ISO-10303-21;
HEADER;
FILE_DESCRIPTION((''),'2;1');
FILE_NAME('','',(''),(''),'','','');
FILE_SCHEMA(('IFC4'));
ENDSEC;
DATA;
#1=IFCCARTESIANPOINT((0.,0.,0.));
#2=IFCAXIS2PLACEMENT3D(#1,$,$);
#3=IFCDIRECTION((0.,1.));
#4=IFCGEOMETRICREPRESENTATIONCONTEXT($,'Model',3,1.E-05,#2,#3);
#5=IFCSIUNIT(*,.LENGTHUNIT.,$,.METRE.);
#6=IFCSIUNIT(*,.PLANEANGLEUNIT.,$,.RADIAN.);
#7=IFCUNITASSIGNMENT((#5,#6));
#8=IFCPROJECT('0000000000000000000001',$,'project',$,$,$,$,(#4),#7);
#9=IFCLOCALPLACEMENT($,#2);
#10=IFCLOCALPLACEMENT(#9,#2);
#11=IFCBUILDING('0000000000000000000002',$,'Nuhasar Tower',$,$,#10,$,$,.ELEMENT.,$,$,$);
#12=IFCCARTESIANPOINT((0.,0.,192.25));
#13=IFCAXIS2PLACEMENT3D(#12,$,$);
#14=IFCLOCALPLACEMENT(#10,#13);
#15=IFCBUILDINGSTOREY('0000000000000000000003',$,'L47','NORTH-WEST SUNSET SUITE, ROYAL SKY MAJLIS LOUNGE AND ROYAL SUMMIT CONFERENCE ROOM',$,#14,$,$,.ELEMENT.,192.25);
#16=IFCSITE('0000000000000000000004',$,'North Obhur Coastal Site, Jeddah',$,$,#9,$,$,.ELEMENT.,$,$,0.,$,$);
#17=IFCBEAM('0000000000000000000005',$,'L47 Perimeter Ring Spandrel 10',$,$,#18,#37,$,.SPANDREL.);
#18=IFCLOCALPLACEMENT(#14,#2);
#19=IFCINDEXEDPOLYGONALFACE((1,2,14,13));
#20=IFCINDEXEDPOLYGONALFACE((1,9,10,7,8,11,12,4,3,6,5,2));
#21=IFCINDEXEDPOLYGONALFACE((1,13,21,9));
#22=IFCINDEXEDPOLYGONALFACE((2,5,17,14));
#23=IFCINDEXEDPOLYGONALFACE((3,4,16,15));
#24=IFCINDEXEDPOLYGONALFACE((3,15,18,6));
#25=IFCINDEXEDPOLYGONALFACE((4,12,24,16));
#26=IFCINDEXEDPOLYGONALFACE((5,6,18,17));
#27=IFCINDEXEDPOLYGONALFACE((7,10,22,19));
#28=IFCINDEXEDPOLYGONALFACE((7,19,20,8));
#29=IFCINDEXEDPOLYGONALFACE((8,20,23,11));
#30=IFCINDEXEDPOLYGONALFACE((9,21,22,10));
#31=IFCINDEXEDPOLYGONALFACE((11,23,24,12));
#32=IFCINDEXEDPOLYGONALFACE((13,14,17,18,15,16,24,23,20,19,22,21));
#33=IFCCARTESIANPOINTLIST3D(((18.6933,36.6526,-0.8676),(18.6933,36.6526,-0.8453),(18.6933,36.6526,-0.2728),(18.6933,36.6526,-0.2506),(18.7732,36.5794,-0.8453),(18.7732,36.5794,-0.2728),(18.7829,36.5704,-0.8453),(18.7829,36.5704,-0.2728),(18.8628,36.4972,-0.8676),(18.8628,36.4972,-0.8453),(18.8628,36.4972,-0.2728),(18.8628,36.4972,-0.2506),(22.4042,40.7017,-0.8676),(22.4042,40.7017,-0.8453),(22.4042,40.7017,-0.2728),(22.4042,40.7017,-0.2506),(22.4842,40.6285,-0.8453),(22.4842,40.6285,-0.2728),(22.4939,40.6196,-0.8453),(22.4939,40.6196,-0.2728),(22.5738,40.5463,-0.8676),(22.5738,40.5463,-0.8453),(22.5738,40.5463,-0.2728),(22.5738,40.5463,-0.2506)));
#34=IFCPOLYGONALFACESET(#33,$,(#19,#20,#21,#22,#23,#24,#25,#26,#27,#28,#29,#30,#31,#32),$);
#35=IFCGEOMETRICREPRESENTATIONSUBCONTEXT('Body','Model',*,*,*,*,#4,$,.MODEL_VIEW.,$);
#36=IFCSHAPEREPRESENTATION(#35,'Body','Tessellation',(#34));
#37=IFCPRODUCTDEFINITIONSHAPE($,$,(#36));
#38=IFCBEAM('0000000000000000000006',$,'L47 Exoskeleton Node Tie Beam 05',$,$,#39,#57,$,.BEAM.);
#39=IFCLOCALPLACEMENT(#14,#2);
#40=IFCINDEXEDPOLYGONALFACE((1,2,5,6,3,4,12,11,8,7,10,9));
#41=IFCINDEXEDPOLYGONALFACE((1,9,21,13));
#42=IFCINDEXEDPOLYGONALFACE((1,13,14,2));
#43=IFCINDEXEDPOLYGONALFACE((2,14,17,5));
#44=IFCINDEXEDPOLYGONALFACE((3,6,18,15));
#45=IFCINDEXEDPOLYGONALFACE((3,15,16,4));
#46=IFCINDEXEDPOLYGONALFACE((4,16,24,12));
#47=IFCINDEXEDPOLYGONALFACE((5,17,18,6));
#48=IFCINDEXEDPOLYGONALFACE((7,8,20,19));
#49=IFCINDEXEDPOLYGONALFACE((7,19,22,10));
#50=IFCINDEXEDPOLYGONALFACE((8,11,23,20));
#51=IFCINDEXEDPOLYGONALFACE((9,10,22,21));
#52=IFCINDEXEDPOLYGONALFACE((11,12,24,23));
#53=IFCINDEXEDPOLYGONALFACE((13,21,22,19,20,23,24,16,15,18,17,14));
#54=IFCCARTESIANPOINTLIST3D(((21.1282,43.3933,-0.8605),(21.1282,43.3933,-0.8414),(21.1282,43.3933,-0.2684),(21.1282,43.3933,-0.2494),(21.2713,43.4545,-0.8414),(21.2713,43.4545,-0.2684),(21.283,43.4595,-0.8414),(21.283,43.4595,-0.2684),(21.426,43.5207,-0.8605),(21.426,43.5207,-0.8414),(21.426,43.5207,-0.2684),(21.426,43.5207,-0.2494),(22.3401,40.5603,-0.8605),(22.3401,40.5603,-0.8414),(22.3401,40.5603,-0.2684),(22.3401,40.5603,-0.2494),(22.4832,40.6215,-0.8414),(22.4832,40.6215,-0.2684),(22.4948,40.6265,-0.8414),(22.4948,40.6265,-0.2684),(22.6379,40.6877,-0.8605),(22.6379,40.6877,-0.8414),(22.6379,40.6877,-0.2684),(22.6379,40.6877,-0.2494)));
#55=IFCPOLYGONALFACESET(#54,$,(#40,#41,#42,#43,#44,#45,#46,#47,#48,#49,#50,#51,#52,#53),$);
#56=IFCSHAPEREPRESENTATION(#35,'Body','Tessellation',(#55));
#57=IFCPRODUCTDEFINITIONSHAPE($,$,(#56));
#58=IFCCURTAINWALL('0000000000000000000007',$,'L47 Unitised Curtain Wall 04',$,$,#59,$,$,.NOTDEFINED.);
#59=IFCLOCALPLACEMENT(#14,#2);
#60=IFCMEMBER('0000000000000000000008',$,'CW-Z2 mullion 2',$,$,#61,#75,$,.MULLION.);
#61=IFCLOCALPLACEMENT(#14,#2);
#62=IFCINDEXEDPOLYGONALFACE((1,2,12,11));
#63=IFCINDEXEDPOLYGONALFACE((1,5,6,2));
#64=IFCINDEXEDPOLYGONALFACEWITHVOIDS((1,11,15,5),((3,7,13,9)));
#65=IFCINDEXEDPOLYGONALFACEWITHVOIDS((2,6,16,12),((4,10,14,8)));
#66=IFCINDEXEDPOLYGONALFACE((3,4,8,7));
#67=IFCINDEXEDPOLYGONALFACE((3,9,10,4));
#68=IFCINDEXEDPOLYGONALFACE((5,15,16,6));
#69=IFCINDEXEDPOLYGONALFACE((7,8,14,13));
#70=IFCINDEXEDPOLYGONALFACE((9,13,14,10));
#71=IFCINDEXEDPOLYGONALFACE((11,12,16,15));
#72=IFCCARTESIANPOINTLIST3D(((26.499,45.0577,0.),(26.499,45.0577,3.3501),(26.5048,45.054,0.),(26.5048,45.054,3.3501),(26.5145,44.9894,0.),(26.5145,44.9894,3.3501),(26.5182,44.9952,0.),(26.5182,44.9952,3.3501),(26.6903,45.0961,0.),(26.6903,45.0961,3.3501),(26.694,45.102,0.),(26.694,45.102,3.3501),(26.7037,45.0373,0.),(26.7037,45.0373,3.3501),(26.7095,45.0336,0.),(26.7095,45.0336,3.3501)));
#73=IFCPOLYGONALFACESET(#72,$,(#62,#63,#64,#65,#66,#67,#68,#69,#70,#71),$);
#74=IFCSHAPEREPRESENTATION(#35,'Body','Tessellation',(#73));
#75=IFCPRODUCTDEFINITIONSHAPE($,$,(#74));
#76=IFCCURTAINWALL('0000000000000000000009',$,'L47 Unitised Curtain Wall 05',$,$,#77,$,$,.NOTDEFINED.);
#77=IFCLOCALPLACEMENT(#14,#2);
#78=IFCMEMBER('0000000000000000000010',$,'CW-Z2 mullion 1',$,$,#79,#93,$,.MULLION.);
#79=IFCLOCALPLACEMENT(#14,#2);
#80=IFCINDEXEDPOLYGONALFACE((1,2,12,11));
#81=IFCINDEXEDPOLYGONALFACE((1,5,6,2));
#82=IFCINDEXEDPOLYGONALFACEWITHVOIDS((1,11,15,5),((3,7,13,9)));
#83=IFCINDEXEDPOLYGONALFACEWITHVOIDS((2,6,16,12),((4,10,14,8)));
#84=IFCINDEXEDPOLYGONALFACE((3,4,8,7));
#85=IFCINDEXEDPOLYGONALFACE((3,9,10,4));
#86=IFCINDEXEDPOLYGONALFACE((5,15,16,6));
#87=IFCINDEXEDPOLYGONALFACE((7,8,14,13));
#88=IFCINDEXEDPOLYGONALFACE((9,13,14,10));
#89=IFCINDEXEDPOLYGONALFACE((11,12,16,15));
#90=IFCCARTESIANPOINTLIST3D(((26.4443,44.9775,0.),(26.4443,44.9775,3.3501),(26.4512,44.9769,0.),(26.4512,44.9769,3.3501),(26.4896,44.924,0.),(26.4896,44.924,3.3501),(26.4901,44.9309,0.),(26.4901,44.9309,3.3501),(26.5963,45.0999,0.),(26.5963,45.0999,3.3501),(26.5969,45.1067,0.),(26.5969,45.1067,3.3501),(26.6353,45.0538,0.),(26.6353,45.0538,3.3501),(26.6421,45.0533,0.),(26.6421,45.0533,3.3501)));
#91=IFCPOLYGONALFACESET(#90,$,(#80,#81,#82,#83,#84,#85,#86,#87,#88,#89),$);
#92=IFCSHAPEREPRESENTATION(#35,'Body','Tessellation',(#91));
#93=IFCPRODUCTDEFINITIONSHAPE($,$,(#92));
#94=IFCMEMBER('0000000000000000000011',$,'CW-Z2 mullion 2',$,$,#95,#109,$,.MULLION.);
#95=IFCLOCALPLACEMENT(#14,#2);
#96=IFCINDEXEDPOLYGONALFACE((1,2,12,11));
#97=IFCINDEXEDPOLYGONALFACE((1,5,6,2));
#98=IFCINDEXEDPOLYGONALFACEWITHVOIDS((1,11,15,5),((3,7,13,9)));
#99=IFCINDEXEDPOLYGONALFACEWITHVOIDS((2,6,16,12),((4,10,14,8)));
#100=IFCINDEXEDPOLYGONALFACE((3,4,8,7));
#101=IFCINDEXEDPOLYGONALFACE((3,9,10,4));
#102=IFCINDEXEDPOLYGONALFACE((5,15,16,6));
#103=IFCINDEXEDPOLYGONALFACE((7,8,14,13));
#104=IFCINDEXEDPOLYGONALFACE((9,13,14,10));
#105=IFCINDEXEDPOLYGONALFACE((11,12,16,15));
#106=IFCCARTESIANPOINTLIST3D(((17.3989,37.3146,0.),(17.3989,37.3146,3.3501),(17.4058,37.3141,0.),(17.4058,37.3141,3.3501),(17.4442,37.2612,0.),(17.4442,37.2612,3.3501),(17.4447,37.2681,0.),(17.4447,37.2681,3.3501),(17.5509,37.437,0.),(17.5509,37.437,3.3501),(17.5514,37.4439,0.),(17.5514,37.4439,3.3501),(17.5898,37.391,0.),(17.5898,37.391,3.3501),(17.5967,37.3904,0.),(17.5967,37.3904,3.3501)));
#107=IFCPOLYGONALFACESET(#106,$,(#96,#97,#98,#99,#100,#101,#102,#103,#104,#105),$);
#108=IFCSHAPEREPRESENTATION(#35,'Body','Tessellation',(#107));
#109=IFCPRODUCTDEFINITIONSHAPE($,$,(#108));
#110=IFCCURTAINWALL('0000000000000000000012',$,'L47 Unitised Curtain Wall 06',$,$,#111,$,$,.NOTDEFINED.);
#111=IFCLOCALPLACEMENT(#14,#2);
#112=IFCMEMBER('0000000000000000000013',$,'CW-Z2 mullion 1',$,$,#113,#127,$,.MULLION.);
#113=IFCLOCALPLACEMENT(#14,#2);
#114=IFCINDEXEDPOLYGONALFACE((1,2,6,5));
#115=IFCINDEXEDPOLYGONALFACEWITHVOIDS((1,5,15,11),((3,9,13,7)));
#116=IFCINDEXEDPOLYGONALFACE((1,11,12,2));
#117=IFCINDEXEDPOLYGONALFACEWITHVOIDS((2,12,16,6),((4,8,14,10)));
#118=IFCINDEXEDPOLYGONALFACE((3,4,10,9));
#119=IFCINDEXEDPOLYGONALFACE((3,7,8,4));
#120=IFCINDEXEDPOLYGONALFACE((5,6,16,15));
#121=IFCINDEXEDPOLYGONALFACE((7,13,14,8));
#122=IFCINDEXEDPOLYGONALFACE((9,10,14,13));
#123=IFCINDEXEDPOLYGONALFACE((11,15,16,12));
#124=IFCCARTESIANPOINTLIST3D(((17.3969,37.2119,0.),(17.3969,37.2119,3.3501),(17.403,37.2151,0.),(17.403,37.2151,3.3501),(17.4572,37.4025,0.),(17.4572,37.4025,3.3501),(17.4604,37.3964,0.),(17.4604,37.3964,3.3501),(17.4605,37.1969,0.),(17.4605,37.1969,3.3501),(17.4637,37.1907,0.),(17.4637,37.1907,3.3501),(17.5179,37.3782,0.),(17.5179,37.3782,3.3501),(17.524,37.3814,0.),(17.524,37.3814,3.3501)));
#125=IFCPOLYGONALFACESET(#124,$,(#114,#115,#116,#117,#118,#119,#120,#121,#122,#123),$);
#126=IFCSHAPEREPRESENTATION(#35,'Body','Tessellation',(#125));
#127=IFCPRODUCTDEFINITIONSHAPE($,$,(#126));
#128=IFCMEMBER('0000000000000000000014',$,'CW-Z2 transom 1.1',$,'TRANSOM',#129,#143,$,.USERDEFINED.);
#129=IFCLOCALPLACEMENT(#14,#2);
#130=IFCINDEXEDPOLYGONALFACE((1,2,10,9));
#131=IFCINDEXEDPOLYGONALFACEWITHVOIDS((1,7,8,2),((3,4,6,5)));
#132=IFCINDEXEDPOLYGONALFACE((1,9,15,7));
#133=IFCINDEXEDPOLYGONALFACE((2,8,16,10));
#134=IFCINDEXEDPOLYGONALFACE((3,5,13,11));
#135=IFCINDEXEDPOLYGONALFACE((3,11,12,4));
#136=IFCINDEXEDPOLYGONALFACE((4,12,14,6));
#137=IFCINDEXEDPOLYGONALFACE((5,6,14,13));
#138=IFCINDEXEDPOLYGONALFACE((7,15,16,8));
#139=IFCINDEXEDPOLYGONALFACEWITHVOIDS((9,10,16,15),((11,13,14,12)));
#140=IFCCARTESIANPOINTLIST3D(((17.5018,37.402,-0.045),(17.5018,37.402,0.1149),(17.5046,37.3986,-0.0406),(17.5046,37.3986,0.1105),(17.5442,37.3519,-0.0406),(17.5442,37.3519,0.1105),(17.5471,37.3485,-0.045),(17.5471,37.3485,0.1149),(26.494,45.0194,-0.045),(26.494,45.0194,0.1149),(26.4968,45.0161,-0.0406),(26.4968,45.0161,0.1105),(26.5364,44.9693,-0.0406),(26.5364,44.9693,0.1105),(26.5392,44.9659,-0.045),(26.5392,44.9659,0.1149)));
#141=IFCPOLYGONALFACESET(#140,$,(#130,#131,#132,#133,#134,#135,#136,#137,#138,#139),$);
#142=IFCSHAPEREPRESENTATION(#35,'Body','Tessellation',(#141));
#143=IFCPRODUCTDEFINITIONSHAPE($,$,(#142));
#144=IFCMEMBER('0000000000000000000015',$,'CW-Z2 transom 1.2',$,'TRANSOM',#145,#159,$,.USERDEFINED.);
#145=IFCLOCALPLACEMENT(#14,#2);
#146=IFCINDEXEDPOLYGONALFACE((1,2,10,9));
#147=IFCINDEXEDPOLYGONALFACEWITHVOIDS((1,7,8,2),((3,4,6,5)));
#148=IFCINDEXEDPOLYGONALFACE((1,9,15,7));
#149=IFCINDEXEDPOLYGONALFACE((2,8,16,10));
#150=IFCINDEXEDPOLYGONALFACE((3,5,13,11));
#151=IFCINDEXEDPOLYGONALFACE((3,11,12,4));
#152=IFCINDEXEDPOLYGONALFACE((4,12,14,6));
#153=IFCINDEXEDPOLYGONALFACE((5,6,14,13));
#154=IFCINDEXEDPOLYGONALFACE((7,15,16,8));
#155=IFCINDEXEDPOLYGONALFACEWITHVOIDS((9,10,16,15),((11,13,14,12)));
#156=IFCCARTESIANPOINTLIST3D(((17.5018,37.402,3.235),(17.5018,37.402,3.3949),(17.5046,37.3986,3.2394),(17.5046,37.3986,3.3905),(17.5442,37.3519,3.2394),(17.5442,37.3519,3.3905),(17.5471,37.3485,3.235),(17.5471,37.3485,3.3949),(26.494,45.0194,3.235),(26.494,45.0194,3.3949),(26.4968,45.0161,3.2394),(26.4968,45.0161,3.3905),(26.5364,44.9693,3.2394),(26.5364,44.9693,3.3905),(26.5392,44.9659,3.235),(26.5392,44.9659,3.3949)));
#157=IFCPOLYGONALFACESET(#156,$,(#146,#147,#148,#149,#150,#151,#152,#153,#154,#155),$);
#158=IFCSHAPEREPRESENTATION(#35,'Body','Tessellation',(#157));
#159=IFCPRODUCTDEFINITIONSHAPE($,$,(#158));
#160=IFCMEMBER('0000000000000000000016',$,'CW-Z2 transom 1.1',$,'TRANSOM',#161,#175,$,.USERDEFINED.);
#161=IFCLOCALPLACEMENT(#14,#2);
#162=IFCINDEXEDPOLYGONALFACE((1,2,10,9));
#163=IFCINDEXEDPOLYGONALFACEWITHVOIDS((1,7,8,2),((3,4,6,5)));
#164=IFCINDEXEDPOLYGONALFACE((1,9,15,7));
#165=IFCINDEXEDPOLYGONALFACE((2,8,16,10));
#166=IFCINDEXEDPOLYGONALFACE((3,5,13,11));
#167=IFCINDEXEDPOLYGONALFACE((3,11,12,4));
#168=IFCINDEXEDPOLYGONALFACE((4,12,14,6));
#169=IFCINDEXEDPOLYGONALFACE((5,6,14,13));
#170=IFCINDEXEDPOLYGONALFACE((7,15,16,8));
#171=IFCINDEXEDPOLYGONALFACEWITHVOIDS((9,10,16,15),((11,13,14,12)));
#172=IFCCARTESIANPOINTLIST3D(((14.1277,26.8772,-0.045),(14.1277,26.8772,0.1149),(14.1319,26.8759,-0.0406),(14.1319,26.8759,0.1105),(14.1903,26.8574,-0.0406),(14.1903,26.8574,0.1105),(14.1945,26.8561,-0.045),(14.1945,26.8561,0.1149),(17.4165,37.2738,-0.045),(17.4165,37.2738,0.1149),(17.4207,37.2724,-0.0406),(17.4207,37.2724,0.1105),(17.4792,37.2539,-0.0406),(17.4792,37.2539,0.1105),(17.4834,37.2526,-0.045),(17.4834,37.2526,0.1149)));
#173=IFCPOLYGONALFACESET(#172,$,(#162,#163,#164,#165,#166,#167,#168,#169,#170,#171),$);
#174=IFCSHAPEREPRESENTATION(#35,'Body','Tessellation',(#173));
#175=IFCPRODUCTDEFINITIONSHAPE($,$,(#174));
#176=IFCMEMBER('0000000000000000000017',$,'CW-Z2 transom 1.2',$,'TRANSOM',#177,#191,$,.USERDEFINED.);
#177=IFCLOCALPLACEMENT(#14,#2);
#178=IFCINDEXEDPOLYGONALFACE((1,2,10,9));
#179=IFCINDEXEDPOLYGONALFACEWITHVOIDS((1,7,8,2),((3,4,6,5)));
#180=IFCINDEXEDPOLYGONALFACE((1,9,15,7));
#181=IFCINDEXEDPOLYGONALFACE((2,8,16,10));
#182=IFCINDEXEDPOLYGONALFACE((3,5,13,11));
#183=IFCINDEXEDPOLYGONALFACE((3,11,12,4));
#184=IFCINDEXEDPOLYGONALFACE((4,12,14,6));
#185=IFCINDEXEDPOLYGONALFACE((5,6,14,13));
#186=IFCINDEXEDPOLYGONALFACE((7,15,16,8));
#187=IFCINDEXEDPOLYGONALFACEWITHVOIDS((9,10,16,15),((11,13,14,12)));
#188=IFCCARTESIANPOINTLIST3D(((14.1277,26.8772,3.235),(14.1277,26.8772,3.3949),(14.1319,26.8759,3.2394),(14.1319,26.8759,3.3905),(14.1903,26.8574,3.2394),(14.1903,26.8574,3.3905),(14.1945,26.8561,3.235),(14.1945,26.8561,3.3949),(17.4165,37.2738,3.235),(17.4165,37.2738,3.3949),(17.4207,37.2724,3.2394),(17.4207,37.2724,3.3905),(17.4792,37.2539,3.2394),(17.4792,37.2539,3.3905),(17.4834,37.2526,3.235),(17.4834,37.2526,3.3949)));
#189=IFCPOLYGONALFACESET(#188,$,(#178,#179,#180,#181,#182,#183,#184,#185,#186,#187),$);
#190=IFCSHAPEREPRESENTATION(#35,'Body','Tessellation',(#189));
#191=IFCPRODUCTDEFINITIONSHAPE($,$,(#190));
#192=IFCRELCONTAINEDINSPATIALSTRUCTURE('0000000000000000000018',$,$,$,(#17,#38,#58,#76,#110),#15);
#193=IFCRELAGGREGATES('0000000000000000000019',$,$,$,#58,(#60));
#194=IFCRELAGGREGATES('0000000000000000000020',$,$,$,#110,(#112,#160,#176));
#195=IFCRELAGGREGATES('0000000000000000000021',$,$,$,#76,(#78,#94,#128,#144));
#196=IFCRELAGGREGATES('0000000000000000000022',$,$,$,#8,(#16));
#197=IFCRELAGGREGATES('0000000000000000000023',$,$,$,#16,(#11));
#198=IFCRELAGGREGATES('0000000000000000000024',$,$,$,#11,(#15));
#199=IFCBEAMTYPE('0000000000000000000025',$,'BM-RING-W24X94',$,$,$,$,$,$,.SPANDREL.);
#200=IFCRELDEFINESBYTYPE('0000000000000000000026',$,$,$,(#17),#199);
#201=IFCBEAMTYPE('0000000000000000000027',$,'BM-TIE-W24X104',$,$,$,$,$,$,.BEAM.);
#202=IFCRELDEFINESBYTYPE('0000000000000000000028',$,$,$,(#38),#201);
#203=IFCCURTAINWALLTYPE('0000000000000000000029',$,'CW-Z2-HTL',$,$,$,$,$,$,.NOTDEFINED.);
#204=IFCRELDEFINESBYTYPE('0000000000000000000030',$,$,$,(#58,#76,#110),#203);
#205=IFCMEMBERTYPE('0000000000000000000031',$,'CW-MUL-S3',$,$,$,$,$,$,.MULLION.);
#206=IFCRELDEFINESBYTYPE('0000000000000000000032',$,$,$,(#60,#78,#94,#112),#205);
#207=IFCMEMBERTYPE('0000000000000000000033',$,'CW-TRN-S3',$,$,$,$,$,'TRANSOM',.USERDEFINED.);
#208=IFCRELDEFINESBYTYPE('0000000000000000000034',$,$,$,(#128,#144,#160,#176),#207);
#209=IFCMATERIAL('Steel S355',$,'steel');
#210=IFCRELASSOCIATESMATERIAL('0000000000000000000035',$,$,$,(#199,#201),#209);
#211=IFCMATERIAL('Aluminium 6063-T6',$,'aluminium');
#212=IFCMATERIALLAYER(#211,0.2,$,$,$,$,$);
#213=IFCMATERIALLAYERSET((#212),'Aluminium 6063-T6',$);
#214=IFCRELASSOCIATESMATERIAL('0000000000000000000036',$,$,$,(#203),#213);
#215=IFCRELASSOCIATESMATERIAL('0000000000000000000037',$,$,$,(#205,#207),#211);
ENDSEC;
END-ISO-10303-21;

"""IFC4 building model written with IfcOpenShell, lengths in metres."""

from ifc_helpers import new_model, si_unit, direction, frame, origin, origin_2d, place, context, subcontext, project, spatial, hollow_rectangle, i_section, extrude, material, layer, layer_set, material_profile, profile_set, type_object, element, aggregate, save


model = new_model("IFC4")

# Units and contexts
model_context = context("Model", 3, precision=1e-05, world=origin(), true_north=direction((0.0, 1.0)))
body_context = subcontext(model_context, "Body", "Model", "MODEL_VIEW")
ifc_project = project(units=[si_unit("LENGTHUNIT", "METRE"), si_unit("PLANEANGLEUNIT", "RADIAN")], contexts=[model_context])

# Site, building, storey
site_placement = place(None, origin())
site = spatial("IfcSite", under=ifc_project, at=site_placement, Name="North Obhur Coastal Site, Jeddah", CompositionType="ELEMENT", RefElevation=0.0)
building_placement = place(site_placement, origin())
building = spatial("IfcBuilding", under=site, at=building_placement, Name="Nuhasar Tower", CompositionType="ELEMENT")
storey_placement = place(building_placement, frame((0.0, 0.0, 192.25)))
storey = spatial("IfcBuildingStorey", under=building, at=storey_placement, Name="L47", Description="NORTH-WEST SUNSET SUITE, ROYAL SKY MAJLIS LOUNGE AND ROYAL SUMMIT CONFERENCE ROOM", CompositionType="ELEMENT", Elevation=192.25)

# Beams
ifc_material_1 = material(Name="Steel S355", Category="steel")
ifc_material_profile_1 = material_profile(ifc_material_1, i_section(OverallWidth=0.23, OverallDepth=0.6169, WebThickness=0.0132, FlangeThickness=0.0222, at=origin_2d()), Name="W24X94")
ifc_profile_set_1 = profile_set([ifc_material_profile_1], Name="Steel S355")
beam_type_1 = type_object("IfcBeamType", Name="BM-RING-W24X94", PredefinedType="SPANDREL", material=ifc_profile_set_1)
beam_1_placement = place(storey_placement, frame((22.489, 40.624, -0.5591), z_axis=(-0.675654, -0.737219, 0.0), x_axis=(0.737219, -0.675654, 0.0)))
element("IfcBeam", 1, at=beam_1_placement, inside=storey, type_object=beam_type_1, Name="L47 Perimeter Ring Spandrel 10", PredefinedType="SPANDREL", context=body_context, shape_type="SweptSolid", body=[
    extrude(i_section(OverallWidth=0.23, OverallDepth=0.6169, WebThickness=0.0132, FlangeThickness=0.0222, at=origin_2d()), origin(), (0.0, 0.0, 1.0), 5.4924),
])
ifc_material_profile_2 = material_profile(ifc_material_1, i_section(OverallWidth=0.324, OverallDepth=0.6111, WebThickness=0.0127, FlangeThickness=0.019, at=origin_2d()), Name="W24X104")
ifc_profile_set_2 = profile_set([ifc_material_profile_2], Name="Steel S355")
beam_type_2 = type_object("IfcBeamType", Name="BM-TIE-W24X104", PredefinedType="BEAM", material=ifc_profile_set_2)
beam_2_placement = place(storey_placement, frame((22.489, 40.624, -0.5549), z_axis=(-0.393307, 0.919407, 0.0), x_axis=(-0.919407, -0.393307, 0.0)))
element("IfcBeam", 2, at=beam_2_placement, inside=storey, type_object=beam_type_2, Name="L47 Exoskeleton Node Tie Beam 05", PredefinedType="BEAM", context=body_context, shape_type="SweptSolid", body=[
    extrude(i_section(OverallWidth=0.324, OverallDepth=0.6111, WebThickness=0.0127, FlangeThickness=0.019, at=origin_2d()), origin(), (0.0, 0.0, 1.0), 3.0813),
])

# Curtain wall, member
ifc_material_2 = material(Name="Aluminium 6063-T6", Category="aluminium")
ifc_layer_1 = layer(ifc_material_2, 0.2)
ifc_layer_set_1 = layer_set([ifc_layer_1], Name="Aluminium 6063-T6")
curtain_wall_type = type_object("IfcCurtainWallType", Name="CW-Z2-HTL", PredefinedType="NOTDEFINED", material=ifc_layer_set_1)
curtain_wall_1_placement = place(storey_placement, origin())
curtain_wall_1 = element("IfcCurtainWall", 3, at=curtain_wall_1_placement, inside=storey, type_object=curtain_wall_type, Name="L47 Unitised Curtain Wall 04", PredefinedType="NOTDEFINED")
ifc_material_profile_3 = material_profile(ifc_material_2, hollow_rectangle(XDim=0.0701, YDim=0.2, WallThickness=0.0049, at=origin_2d()), Name="CWM-3")
ifc_profile_set_3 = profile_set([ifc_material_profile_3], Name="Aluminium 6063-T6")
member_type_1 = type_object("IfcMemberType", Name="CW-MUL-S3", PredefinedType="MULLION", material=ifc_profile_set_3)
member_1_placement = place(storey_placement, frame((26.6042, 45.0457, 0.0), z_axis=(0.0, 0.0, 1.0), x_axis=(0.221397, -0.975184, 0.0)))
member_1 = element("IfcMember", 4, at=member_1_placement, type_object=member_type_1, Name="CW-Z2 mullion 2", PredefinedType="MULLION", context=body_context, shape_type="SweptSolid", body=[
    extrude(hollow_rectangle(XDim=0.0701, YDim=0.2, WallThickness=0.0049, at=origin_2d()), origin(), (0.0, 0.0, 1.0), 3.3501),
])
aggregate(curtain_wall_1, [member_1])

# Curtain wall, members
curtain_wall_2_placement = place(storey_placement, origin())
curtain_wall_2 = element("IfcCurtainWall", 5, at=curtain_wall_2_placement, inside=storey, type_object=curtain_wall_type, Name="L47 Unitised Curtain Wall 05", PredefinedType="NOTDEFINED")
member_2_placement = place(storey_placement, frame((26.5432, 45.0154, 0.0), z_axis=(0.0, 0.0, 1.0), x_axis=(0.646374, -0.76302, 0.0)))
member_2 = element("IfcMember", 6, at=member_2_placement, type_object=member_type_1, Name="CW-Z2 mullion 1", PredefinedType="MULLION", context=body_context, shape_type="SweptSolid", body=[
    extrude(hollow_rectangle(XDim=0.0701, YDim=0.2, WallThickness=0.0049, at=origin_2d()), origin(), (0.0, 0.0, 1.0), 3.3501),
])
member_3_placement = place(storey_placement, frame((17.4978, 37.3525, 0.0), z_axis=(0.0, 0.0, 1.0), x_axis=(0.646374, -0.76302, 0.0)))
member_3 = element("IfcMember", 7, at=member_3_placement, type_object=member_type_1, Name="CW-Z2 mullion 2", PredefinedType="MULLION", context=body_context, shape_type="SweptSolid", body=[
    extrude(hollow_rectangle(XDim=0.0701, YDim=0.2, WallThickness=0.0049, at=origin_2d()), origin(), (0.0, 0.0, 1.0), 3.3501),
])

# Curtain wall, member
curtain_wall_3_placement = place(storey_placement, origin())
curtain_wall_3 = element("IfcCurtainWall", 8, at=curtain_wall_3_placement, inside=storey, type_object=curtain_wall_type, Name="L47 Unitised Curtain Wall 06", PredefinedType="NOTDEFINED")
member_4_placement = place(storey_placement, frame((17.4604, 37.2966, 0.0), z_axis=(0.0, 0.0, 1.0), x_axis=(0.953433, -0.301604, 0.0)))
member_4 = element("IfcMember", 9, at=member_4_placement, type_object=member_type_1, Name="CW-Z2 mullion 1", PredefinedType="MULLION", context=body_context, shape_type="SweptSolid", body=[
    extrude(hollow_rectangle(XDim=0.0701, YDim=0.2, WallThickness=0.0049, at=origin_2d()), origin(), (0.0, 0.0, 1.0), 3.3501),
])

# Members
ifc_material_profile_4 = material_profile(ifc_material_2, hollow_rectangle(XDim=0.0701, YDim=0.1599, WallThickness=0.0044, at=origin_2d()), Name="CWT-3")
ifc_profile_set_4 = profile_set([ifc_material_profile_4], Name="Aluminium 6063-T6")
member_type_2 = type_object("IfcMemberType", Name="CW-TRN-S3", ElementType="TRANSOM", PredefinedType="USERDEFINED", material=ifc_profile_set_4)
member_5_placement = place(storey_placement, frame((26.5166, 44.9927, 0.0349), z_axis=(-0.763024, -0.64637, 0.0), x_axis=(0.64637, -0.763024, 0.0)))
member_5 = element("IfcMember", 10, at=member_5_placement, type_object=member_type_2, Name="CW-Z2 transom 1.1", ObjectType="TRANSOM", PredefinedType="USERDEFINED", context=body_context, shape_type="SweptSolid", body=[
    extrude(hollow_rectangle(XDim=0.0701, YDim=0.1599, WallThickness=0.0044, at=origin_2d()), origin(), (0.0, 0.0, 1.0), 11.7849),
])
member_6_placement = place(storey_placement, frame((26.5166, 44.9927, 3.3149), z_axis=(-0.763024, -0.64637, 0.0), x_axis=(0.64637, -0.763024, 0.0)))
member_6 = element("IfcMember", 11, at=member_6_placement, type_object=member_type_2, Name="CW-Z2 transom 1.2", ObjectType="TRANSOM", PredefinedType="USERDEFINED", context=body_context, shape_type="SweptSolid", body=[
    extrude(hollow_rectangle(XDim=0.0701, YDim=0.1599, WallThickness=0.0044, at=origin_2d()), origin(), (0.0, 0.0, 1.0), 11.7849),
])
member_7_placement = place(storey_placement, frame((17.45, 37.2632, 0.0349), z_axis=(-0.301608, -0.953432, 0.0), x_axis=(0.953432, -0.301608, 0.0)))
member_7 = element("IfcMember", 12, at=member_7_placement, type_object=member_type_2, Name="CW-Z2 transom 1.1", ObjectType="TRANSOM", PredefinedType="USERDEFINED", context=body_context, shape_type="SweptSolid", body=[
    extrude(hollow_rectangle(XDim=0.0701, YDim=0.1599, WallThickness=0.0044, at=origin_2d()), origin(), (0.0, 0.0, 1.0), 10.9043),
])
member_8_placement = place(storey_placement, frame((17.45, 37.2632, 3.3149), z_axis=(-0.301608, -0.953432, 0.0), x_axis=(0.953432, -0.301608, 0.0)))
member_8 = element("IfcMember", 13, at=member_8_placement, type_object=member_type_2, Name="CW-Z2 transom 1.2", ObjectType="TRANSOM", PredefinedType="USERDEFINED", context=body_context, shape_type="SweptSolid", body=[
    extrude(hollow_rectangle(XDim=0.0701, YDim=0.1599, WallThickness=0.0044, at=origin_2d()), origin(), (0.0, 0.0, 1.0), 10.9043),
])
aggregate(curtain_wall_3, [member_4, member_7, member_8])

aggregate(curtain_wall_2, [member_2, member_3, member_5, member_6])

save(model, "model.ifc")
